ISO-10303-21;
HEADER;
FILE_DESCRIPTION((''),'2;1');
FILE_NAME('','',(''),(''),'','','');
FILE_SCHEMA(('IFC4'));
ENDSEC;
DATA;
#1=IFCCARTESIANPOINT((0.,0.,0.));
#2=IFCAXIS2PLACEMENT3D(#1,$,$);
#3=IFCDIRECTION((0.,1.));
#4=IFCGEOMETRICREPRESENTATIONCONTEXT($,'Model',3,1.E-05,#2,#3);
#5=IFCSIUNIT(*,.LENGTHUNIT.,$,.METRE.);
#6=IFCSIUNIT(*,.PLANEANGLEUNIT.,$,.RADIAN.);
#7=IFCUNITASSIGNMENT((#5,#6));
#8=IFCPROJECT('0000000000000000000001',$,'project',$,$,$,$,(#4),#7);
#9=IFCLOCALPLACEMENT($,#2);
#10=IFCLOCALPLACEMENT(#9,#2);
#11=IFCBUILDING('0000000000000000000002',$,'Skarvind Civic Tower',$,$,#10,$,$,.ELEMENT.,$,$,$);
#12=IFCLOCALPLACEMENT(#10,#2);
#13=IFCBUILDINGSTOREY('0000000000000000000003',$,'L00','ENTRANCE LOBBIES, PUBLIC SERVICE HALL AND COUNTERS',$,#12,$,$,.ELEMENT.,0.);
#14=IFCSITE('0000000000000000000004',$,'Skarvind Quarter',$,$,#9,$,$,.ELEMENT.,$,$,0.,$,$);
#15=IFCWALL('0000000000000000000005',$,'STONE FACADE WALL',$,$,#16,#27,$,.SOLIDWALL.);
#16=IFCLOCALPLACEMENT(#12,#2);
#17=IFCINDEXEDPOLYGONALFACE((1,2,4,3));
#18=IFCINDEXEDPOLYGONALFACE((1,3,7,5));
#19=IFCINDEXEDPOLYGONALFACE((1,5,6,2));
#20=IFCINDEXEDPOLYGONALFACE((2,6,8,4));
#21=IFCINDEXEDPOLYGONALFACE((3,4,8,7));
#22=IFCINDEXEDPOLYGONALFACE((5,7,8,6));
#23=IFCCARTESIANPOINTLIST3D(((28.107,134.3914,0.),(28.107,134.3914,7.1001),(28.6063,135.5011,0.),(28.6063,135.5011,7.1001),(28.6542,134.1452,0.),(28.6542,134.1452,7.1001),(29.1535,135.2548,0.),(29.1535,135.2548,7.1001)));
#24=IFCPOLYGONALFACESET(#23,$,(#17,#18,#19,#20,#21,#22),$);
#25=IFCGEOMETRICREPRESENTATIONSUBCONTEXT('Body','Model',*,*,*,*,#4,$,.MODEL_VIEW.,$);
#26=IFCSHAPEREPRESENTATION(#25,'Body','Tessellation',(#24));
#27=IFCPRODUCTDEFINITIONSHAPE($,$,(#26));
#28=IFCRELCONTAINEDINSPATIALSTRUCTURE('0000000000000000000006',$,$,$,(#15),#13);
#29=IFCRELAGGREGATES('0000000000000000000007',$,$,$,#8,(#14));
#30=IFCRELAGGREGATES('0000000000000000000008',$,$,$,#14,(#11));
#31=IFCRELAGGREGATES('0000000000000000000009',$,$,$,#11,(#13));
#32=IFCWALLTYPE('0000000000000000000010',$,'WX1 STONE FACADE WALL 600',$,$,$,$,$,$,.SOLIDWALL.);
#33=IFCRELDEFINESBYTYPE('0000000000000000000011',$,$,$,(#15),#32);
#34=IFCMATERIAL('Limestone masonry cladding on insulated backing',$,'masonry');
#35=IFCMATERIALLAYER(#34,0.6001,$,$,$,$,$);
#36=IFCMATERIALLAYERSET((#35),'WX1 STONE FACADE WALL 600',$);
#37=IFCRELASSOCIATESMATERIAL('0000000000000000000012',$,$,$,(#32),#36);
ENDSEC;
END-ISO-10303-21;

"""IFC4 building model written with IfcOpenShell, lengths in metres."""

from ifc_helpers import new_model, si_unit, direction, frame, frame_2d, origin, place, context, subcontext, project, spatial, rectangle, extrude, material, layer, layer_set, type_object, element, save


model = new_model("IFC4")

# Units and contexts
model_context = context("Model", 3, precision=1e-05, world=origin(), true_north=direction((0.0, 1.0)))
body_context = subcontext(model_context, "Body", "Model", "MODEL_VIEW")
ifc_project = project(units=[si_unit("LENGTHUNIT", "METRE"), si_unit("PLANEANGLEUNIT", "RADIAN")], contexts=[model_context])

# Site, building, storey
site_placement = place(None, origin())
site = spatial("IfcSite", under=ifc_project, at=site_placement, Name="Skarvind Quarter", CompositionType="ELEMENT", RefElevation=0.0)
building_placement = place(site_placement, origin())
building = spatial("IfcBuilding", under=site, at=building_placement, Name="Skarvind Civic Tower", CompositionType="ELEMENT")
storey_placement = place(building_placement, origin())
storey = spatial("IfcBuildingStorey", under=building, at=storey_placement, Name="L00", Description="ENTRANCE LOBBIES, PUBLIC SERVICE HALL AND COUNTERS", CompositionType="ELEMENT", Elevation=0.0)

# Wall
ifc_material_1 = material(Name="Limestone masonry cladding on insulated backing", Category="masonry")
ifc_layer_1 = layer(ifc_material_1, 0.6001)
ifc_layer_set_1 = layer_set([ifc_layer_1], Name="WX1 STONE FACADE WALL 600")
wall_type_1 = type_object("IfcWallType", Name="WX1 STONE FACADE WALL 600", PredefinedType="SOLIDWALL", material=ifc_layer_set_1)
wall_1_placement = place(storey_placement, frame((28.3806, 134.2683, 0.0), z_axis=(0.0, 0.0, 1.0), x_axis=(0.410323, 0.91194, 0.0)))
element("IfcWall", 1, at=wall_1_placement, inside=storey, type_object=wall_type_1, Name="STONE FACADE WALL", PredefinedType="SOLIDWALL", context=body_context, shape_type="SweptSolid", body=[
    extrude(rectangle(XDim=1.2168, YDim=0.6001, at=frame_2d((0.6084, 0.0))), origin(), (0.0, 0.0, 1.0), 7.1001),
])

save(model, "model.ifc")
